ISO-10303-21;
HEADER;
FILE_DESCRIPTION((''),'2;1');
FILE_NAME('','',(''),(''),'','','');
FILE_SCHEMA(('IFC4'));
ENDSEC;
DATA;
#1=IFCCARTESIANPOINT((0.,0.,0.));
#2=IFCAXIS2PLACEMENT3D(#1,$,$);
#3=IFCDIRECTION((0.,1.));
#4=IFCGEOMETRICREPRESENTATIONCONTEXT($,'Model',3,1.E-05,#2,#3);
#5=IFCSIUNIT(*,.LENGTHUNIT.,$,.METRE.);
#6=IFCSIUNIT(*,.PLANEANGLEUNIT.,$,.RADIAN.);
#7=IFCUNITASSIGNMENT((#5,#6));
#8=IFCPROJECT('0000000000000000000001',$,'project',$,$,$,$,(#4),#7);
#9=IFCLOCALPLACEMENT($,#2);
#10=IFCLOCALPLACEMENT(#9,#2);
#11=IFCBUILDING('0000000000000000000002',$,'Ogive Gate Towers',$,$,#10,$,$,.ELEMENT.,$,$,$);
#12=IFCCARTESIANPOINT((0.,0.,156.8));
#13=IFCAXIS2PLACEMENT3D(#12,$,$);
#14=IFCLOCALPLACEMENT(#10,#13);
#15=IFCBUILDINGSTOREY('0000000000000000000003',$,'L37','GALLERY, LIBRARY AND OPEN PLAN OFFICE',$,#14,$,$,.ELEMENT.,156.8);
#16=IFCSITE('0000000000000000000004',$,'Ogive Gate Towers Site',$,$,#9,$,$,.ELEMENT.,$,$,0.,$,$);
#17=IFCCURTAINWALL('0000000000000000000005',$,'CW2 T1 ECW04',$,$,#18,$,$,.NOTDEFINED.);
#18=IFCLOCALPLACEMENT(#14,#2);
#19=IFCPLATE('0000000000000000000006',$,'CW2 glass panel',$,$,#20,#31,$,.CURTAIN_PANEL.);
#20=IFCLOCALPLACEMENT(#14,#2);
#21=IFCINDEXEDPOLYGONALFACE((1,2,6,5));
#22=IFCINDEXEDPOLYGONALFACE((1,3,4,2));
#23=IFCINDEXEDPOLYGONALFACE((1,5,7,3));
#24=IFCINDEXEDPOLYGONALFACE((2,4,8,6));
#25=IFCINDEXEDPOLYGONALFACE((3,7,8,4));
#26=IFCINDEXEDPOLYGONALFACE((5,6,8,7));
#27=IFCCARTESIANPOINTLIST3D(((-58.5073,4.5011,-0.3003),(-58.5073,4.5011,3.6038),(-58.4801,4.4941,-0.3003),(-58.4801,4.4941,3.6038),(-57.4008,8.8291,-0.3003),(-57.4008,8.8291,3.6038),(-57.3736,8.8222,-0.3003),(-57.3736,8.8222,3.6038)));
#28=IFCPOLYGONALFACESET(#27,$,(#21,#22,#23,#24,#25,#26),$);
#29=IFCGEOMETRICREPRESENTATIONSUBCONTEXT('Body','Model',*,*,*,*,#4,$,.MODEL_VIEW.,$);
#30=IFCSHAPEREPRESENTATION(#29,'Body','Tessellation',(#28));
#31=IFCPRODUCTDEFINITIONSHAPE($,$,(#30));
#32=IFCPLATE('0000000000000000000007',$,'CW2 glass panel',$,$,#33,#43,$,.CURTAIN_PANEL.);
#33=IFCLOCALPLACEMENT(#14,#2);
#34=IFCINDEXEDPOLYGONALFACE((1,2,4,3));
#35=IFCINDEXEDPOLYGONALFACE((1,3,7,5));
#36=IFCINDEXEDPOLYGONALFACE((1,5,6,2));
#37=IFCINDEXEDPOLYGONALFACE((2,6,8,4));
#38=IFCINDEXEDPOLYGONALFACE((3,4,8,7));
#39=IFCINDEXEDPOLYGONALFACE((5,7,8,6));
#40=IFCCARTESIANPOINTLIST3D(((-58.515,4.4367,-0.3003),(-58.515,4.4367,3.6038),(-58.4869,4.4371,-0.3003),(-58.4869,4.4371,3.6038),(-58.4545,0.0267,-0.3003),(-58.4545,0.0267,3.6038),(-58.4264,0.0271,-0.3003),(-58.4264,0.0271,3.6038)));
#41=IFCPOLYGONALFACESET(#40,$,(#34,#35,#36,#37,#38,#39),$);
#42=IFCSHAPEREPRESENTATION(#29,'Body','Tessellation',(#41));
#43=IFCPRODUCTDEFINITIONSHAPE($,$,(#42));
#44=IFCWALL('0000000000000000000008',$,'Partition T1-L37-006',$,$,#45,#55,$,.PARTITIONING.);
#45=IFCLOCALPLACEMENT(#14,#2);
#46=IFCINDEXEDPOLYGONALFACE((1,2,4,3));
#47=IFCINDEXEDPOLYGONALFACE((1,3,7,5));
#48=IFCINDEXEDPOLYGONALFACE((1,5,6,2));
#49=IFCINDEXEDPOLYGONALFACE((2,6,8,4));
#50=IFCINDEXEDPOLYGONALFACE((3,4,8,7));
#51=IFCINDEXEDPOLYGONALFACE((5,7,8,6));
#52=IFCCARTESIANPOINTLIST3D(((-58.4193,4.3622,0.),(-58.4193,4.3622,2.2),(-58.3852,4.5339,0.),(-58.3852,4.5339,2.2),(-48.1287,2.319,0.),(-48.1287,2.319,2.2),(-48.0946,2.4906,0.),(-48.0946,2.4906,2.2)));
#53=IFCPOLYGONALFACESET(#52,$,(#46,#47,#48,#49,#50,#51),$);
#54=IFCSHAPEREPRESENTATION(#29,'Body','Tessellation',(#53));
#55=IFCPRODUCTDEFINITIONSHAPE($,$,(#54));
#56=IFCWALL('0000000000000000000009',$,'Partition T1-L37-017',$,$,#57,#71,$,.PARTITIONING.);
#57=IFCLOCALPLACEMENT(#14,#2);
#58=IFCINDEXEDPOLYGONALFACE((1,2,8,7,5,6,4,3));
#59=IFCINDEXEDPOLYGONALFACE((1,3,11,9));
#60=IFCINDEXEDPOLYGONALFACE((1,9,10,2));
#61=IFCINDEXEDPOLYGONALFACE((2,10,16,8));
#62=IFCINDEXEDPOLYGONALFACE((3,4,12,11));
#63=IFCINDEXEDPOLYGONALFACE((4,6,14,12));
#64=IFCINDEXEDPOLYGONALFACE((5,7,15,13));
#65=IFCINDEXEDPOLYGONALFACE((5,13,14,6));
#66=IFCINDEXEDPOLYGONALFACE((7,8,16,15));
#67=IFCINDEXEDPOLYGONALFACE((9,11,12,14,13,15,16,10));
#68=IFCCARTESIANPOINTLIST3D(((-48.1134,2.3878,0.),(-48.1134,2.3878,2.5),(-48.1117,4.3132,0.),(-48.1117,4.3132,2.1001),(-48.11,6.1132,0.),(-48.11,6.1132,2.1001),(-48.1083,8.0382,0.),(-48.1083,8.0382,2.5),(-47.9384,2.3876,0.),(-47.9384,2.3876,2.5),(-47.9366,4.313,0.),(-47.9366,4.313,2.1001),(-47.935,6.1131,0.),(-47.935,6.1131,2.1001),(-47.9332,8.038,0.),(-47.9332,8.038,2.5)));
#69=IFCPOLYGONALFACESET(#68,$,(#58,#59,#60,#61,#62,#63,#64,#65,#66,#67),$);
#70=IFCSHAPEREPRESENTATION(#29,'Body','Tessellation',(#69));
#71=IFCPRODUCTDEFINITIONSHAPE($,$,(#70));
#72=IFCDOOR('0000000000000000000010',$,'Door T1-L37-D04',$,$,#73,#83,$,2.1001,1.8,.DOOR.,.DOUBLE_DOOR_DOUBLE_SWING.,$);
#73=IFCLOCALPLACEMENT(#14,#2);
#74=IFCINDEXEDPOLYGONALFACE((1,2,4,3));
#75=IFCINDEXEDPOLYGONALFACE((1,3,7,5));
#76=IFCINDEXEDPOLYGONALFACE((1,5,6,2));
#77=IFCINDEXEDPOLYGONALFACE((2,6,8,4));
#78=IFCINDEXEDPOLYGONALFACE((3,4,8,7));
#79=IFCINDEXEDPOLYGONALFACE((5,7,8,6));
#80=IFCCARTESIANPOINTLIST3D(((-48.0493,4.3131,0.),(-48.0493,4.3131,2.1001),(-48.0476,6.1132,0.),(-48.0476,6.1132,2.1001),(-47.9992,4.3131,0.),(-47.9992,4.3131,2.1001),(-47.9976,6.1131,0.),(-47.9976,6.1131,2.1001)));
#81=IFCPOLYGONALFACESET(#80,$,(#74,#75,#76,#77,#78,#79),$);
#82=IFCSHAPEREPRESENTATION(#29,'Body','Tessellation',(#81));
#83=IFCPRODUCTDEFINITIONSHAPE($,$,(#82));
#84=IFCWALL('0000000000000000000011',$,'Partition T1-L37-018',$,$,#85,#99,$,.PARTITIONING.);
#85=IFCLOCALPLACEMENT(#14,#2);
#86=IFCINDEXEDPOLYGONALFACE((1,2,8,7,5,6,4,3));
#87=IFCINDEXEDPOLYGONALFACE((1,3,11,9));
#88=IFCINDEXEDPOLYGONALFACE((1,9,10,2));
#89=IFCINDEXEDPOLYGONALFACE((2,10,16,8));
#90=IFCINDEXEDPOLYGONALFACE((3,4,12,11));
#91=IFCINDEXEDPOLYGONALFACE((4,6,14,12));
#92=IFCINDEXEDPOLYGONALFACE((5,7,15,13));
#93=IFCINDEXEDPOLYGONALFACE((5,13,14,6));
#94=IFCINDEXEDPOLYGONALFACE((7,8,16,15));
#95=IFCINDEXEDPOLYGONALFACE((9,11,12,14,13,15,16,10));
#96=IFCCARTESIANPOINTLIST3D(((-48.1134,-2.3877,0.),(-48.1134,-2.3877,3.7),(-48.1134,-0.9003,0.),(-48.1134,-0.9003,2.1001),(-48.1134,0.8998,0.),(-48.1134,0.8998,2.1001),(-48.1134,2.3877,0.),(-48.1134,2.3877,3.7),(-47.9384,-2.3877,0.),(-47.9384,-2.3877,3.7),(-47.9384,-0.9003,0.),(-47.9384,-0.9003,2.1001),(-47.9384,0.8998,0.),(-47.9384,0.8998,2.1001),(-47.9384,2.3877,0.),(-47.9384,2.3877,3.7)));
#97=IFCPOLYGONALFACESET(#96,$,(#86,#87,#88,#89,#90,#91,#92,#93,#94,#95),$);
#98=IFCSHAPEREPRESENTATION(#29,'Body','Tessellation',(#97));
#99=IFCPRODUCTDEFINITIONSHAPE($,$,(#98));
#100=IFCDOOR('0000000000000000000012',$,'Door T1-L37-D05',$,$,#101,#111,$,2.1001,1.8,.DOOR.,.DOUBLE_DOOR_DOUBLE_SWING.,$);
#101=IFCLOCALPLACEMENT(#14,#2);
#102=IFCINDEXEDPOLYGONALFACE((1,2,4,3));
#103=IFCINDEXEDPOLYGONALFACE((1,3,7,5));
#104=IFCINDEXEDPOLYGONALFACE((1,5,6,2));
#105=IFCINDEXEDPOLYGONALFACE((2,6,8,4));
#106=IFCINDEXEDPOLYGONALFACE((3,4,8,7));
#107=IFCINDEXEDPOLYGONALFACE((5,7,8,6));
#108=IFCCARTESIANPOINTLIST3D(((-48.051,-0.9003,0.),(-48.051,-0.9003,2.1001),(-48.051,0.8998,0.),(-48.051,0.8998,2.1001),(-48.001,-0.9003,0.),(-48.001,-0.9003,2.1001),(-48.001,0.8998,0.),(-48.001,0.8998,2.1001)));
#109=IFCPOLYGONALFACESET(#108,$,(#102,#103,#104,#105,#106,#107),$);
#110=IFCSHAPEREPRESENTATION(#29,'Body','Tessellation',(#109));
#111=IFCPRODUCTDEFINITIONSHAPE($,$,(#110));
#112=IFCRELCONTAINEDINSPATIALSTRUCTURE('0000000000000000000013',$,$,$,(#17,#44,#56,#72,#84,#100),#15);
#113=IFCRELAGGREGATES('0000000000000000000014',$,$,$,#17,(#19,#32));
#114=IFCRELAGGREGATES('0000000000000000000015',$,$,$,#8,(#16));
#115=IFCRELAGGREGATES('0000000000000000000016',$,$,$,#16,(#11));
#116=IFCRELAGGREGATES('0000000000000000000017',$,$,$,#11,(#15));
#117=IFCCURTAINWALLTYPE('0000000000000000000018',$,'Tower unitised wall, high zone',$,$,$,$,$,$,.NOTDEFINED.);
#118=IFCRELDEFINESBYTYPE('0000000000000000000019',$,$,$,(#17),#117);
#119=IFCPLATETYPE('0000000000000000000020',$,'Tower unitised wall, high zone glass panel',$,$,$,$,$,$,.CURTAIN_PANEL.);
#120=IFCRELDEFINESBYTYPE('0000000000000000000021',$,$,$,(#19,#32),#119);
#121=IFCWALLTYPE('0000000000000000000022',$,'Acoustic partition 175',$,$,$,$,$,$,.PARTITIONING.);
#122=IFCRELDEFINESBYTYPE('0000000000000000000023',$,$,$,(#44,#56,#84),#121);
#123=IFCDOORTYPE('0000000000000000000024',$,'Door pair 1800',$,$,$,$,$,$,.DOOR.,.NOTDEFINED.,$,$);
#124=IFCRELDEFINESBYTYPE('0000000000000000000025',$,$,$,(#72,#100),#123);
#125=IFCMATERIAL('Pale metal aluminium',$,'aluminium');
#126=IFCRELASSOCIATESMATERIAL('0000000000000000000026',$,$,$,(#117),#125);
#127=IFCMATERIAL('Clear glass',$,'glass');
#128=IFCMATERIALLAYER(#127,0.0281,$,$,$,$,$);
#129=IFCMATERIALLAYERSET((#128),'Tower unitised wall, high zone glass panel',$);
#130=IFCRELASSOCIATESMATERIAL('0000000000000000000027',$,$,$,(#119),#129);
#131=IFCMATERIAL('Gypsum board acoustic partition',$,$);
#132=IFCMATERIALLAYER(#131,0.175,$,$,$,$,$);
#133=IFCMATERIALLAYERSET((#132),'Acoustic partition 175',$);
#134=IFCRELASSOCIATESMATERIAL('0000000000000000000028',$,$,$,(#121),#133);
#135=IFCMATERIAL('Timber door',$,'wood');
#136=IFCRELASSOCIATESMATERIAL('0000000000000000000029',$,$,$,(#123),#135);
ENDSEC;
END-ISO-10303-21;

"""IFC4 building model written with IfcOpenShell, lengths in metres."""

from ifc_helpers import new_model, si_unit, direction, frame, frame_2d, origin, origin_2d, place, context, subcontext, project, spatial, rectangle, extrude, material, layer, layer_set, type_object, element, fill, aggregate, save


model = new_model("IFC4")

# Units and contexts
model_context = context("Model", 3, precision=1e-05, world=origin(), true_north=direction((0.0, 1.0)))
body_context = subcontext(model_context, "Body", "Model", "MODEL_VIEW")
ifc_project = project(units=[si_unit("LENGTHUNIT", "METRE"), si_unit("PLANEANGLEUNIT", "RADIAN")], contexts=[model_context])

# Site, building, storey
site_placement = place(None, origin())
site = spatial("IfcSite", under=ifc_project, at=site_placement, Name="Ogive Gate Towers Site", CompositionType="ELEMENT", RefElevation=0.0)
building_placement = place(site_placement, origin())
building = spatial("IfcBuilding", under=site, at=building_placement, Name="Ogive Gate Towers", CompositionType="ELEMENT")
storey_placement = place(building_placement, frame((0.0, 0.0, 156.8)))
storey = spatial("IfcBuildingStorey", under=building, at=storey_placement, Name="L37", Description="GALLERY, LIBRARY AND OPEN PLAN OFFICE", CompositionType="ELEMENT", Elevation=156.8)

# Curtain wall, plates
ifc_material_1 = material(Name="Pale metal aluminium", Category="aluminium")
curtain_wall_type = type_object("IfcCurtainWallType", Name="Tower unitised wall, high zone", PredefinedType="NOTDEFINED", material=ifc_material_1)
curtain_wall_placement = place(storey_placement, origin())
curtain_wall = element("IfcCurtainWall", 1, at=curtain_wall_placement, inside=storey, type_object=curtain_wall_type, Name="CW2 T1 ECW04", PredefinedType="NOTDEFINED")
ifc_material_2 = material(Name="Clear glass", Category="glass")
ifc_layer_1 = layer(ifc_material_2, 0.0281)
ifc_layer_set_1 = layer_set([ifc_layer_1], Name="Tower unitised wall, high zone glass panel")
plate_type = type_object("IfcPlateType", Name="Tower unitised wall, high zone glass panel", PredefinedType="CURTAIN_PANEL", material=ifc_layer_set_1)
plate_1_placement = place(storey_placement, frame((-57.9404, 6.6616, -0.3003), z_axis=(0.0, 0.0, 1.0), x_axis=(-0.247692, -0.968839, 0.0)))
plate_1 = element("IfcPlate", 2, at=plate_1_placement, type_object=plate_type, Name="CW2 glass panel", PredefinedType="CURTAIN_PANEL", context=body_context, shape_type="SweptSolid", body=[
    extrude(rectangle(XDim=4.4673, YDim=0.0281, at=origin_2d()), origin(), (0.0, 0.0, 1.0), 3.9041),
])
plate_2_placement = place(storey_placement, frame((-58.4707, 2.2319, -0.3003), z_axis=(0.0, 0.0, 1.0), x_axis=(0.013718, -0.999906, 0.0)))
plate_2 = element("IfcPlate", 3, at=plate_2_placement, type_object=plate_type, Name="CW2 glass panel", PredefinedType="CURTAIN_PANEL", context=body_context, shape_type="SweptSolid", body=[
    extrude(rectangle(XDim=4.4104, YDim=0.0281, at=origin_2d()), origin(), (0.0, 0.0, 1.0), 3.9041),
])
aggregate(curtain_wall, [plate_1, plate_2])

# Wall
ifc_material_3 = material(Name="Gypsum board acoustic partition")
ifc_layer_2 = layer(ifc_material_3, 0.175)
ifc_layer_set_2 = layer_set([ifc_layer_2], Name="Acoustic partition 175")
wall_type_1 = type_object("IfcWallType", Name="Acoustic partition 175", PredefinedType="PARTITIONING", material=ifc_layer_set_2)
wall_1_placement = place(storey_placement, frame((-58.4021, 4.448, 0.0), z_axis=(0.0, 0.0, 1.0), x_axis=(0.980853, -0.194751, 0.0)))
element("IfcWall", 4, at=wall_1_placement, inside=storey, type_object=wall_type_1, Name="Partition T1-L37-006", PredefinedType="PARTITIONING", context=body_context, shape_type="SweptSolid", body=[
    extrude(rectangle(XDim=10.4915, YDim=0.175, at=frame_2d((5.2456, 0.0))), origin(), (0.0, 0.0, 1.0), 2.2),
])

# Walls, openings, doors
wall_2_placement = place(storey_placement, frame((-48.0208, 8.0381, 0.0), z_axis=(0.0, 0.0, 1.0), x_axis=(-0.000907, -1.0, 0.0)))
wall_2 = element("IfcWall", 5, at=wall_2_placement, inside=storey, type_object=wall_type_1, Name="Partition T1-L37-017", PredefinedType="PARTITIONING", context=body_context, shape_type="SweptSolid", body=[
    extrude(rectangle(XDim=5.6504, YDim=0.175, at=frame_2d((2.8252, 0.0))), origin(), (0.0, 0.0, 1.0), 2.5),
])
opening_1_placement = place(wall_2_placement, frame((1.925, 0.0, 0.0)))
opening_1 = element("IfcOpeningElement", 6, at=opening_1_placement, cuts=wall_2, PredefinedType="OPENING", context=body_context, shape_type="SweptSolid", body=[
    extrude(rectangle(XDim=1.8, YDim=2.1001, at=frame_2d((0.8999, 1.05))), frame((0.0, 0.0977, 0.0), z_axis=(0.0, -1.0, 0.0), x_axis=(1.0, 0.0, 0.0)), (0.0, 0.0, 1.0), 0.1951),
])
ifc_material_4 = material(Name="Timber door", Category="wood")
door_type_1 = type_object("IfcDoorType", Name="Door pair 1800", OperationType="NOTDEFINED", PredefinedType="DOOR", material=ifc_material_4)
door_1_placement = place(opening_1_placement, origin())
door_1 = element("IfcDoor", 7, at=door_1_placement, inside=storey, type_object=door_type_1, Name="Door T1-L37-D04", OperationType="DOUBLE_DOOR_DOUBLE_SWING", OverallHeight=2.1001, OverallWidth=1.8, PredefinedType="DOOR", context=body_context, shape_type="SweptSolid", body=[
    extrude(rectangle(XDim=1.8, YDim=2.1001, at=frame_2d((0.8999, 1.05))), frame((0.0, 0.0249, 0.0), z_axis=(0.0, -1.0, 0.0), x_axis=(1.0, 0.0, 0.0)), (0.0, 0.0, 1.0), 0.05),
])
fill(opening_1, door_1)
wall_3_placement = place(storey_placement, frame((-48.0259, 2.3877, 0.0), z_axis=(0.0, 0.0, 1.0), x_axis=(0.0, -1.0, 0.0)))
wall_3 = element("IfcWall", 8, at=wall_3_placement, inside=storey, type_object=wall_type_1, Name="Partition T1-L37-018", PredefinedType="PARTITIONING", context=body_context, shape_type="SweptSolid", body=[
    extrude(rectangle(XDim=4.7754, YDim=0.175, at=frame_2d((2.3877, 0.0))), origin(), (0.0, 0.0, 1.0), 3.7),
])
opening_2_placement = place(wall_3_placement, frame((1.488, 0.0, 0.0)))
opening_2 = element("IfcOpeningElement", 9, at=opening_2_placement, cuts=wall_3, PredefinedType="OPENING", context=body_context, shape_type="SweptSolid", body=[
    extrude(rectangle(XDim=1.8, YDim=2.1001, at=frame_2d((0.8999, 1.05))), frame((0.0, 0.0977, 0.0), z_axis=(0.0, -1.0, 0.0), x_axis=(1.0, 0.0, 0.0)), (0.0, 0.0, 1.0), 0.1951),
])
door_2_placement = place(opening_2_placement, origin())
door_2 = element("IfcDoor", 10, at=door_2_placement, inside=storey, type_object=door_type_1, Name="Door T1-L37-D05", OperationType="DOUBLE_DOOR_DOUBLE_SWING", OverallHeight=2.1001, OverallWidth=1.8, PredefinedType="DOOR", context=body_context, shape_type="SweptSolid", body=[
    extrude(rectangle(XDim=1.8, YDim=2.1001, at=frame_2d((0.8999, 1.05))), frame((0.0, 0.0249, 0.0), z_axis=(0.0, -1.0, 0.0), x_axis=(1.0, 0.0, 0.0)), (0.0, 0.0, 1.0), 0.05),
])
fill(opening_2, door_2)

save(model, "model.ifc")
